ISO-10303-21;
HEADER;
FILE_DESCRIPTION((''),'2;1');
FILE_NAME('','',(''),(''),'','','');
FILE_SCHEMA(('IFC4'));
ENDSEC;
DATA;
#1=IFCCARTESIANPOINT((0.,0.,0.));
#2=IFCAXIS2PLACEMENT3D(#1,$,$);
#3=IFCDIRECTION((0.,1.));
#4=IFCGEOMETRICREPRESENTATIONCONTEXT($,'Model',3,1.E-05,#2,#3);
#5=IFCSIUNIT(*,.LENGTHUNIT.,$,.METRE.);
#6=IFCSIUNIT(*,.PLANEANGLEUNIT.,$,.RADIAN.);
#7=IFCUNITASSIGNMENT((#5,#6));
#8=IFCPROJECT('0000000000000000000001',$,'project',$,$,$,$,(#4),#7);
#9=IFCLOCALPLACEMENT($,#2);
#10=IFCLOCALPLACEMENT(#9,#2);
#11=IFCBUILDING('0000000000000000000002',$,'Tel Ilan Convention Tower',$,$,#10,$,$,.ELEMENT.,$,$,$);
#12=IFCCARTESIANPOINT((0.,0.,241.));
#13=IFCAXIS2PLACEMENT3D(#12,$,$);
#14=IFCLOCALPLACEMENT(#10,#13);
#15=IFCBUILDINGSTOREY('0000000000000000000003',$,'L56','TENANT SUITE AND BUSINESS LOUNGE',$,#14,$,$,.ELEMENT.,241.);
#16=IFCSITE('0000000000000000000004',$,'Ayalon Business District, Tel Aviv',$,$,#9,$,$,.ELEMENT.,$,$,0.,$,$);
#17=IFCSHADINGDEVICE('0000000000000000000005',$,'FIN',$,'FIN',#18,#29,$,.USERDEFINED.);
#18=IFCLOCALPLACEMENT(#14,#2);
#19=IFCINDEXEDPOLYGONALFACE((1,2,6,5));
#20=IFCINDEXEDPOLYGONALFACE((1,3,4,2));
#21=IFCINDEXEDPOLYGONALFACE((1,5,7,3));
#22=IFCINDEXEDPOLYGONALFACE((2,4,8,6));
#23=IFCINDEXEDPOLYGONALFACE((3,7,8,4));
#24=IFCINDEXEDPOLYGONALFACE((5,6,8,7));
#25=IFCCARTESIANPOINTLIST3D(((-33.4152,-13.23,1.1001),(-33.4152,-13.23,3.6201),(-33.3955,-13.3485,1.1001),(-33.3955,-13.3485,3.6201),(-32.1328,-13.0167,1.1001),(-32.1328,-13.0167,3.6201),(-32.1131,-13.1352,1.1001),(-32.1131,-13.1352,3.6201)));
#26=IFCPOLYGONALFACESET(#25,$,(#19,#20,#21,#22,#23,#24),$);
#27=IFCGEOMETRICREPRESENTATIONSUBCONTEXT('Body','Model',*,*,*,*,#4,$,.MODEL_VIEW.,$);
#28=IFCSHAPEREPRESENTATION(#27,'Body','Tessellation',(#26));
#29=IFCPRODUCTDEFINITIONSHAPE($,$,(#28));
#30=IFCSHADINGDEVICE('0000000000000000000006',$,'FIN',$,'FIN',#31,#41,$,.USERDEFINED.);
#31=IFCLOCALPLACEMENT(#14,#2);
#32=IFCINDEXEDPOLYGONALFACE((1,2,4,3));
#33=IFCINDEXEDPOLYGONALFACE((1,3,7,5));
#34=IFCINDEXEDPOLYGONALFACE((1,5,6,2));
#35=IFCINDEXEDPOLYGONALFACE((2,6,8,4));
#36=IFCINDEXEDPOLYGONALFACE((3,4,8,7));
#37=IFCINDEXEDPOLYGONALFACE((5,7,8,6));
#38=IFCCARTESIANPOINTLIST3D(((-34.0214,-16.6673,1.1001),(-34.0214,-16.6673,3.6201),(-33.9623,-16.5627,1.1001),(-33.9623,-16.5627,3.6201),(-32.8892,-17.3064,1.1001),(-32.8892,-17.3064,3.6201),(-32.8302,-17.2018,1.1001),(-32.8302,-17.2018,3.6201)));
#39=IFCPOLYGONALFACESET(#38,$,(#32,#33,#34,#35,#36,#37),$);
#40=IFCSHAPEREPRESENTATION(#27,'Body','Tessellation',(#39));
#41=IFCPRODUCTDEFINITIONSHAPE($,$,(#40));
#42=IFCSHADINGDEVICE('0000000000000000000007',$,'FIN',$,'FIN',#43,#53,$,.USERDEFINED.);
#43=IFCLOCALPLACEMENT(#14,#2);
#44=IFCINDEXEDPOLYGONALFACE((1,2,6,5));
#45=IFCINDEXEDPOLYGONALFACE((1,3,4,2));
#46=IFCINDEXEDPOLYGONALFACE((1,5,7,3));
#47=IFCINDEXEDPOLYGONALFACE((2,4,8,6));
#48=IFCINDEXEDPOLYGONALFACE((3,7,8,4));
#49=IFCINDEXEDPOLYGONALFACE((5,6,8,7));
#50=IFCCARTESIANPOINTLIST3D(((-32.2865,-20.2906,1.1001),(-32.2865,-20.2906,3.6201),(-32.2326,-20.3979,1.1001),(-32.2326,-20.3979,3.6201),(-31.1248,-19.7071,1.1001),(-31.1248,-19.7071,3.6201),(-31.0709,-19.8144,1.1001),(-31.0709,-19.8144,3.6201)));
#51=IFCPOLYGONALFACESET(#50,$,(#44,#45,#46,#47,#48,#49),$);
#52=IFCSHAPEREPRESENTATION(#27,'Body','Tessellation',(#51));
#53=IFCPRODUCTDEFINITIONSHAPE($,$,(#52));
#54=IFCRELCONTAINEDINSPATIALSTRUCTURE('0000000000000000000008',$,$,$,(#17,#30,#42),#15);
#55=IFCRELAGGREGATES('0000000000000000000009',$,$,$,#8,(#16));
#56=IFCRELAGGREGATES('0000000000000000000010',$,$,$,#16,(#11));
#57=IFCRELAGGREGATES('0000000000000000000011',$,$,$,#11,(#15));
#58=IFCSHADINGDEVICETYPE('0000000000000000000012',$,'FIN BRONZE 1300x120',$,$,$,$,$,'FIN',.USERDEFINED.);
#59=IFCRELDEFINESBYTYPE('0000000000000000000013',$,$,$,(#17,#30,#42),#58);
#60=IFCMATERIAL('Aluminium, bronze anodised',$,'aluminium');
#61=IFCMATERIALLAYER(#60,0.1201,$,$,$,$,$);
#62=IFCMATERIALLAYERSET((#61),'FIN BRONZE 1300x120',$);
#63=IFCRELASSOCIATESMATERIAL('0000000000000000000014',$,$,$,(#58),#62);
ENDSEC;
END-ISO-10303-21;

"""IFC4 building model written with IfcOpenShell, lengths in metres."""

from ifc_helpers import new_model, si_unit, direction, frame, origin, origin_2d, place, context, subcontext, project, spatial, rectangle, extrude, material, layer, layer_set, type_object, element, save


model = new_model("IFC4")

# Units and contexts
model_context = context("Model", 3, precision=1e-05, world=origin(), true_north=direction((0.0, 1.0)))
body_context = subcontext(model_context, "Body", "Model", "MODEL_VIEW")
ifc_project = project(units=[si_unit("LENGTHUNIT", "METRE"), si_unit("PLANEANGLEUNIT", "RADIAN")], contexts=[model_context])

# Site, building, storey
site_placement = place(None, origin())
site = spatial("IfcSite", under=ifc_project, at=site_placement, Name="Ayalon Business District, Tel Aviv", CompositionType="ELEMENT", RefElevation=0.0)
building_placement = place(site_placement, origin())
building = spatial("IfcBuilding", under=site, at=building_placement, Name="Tel Ilan Convention Tower", CompositionType="ELEMENT")
storey_placement = place(building_placement, frame((0.0, 0.0, 241.0)))
storey = spatial("IfcBuildingStorey", under=building, at=storey_placement, Name="L56", Description="TENANT SUITE AND BUSINESS LOUNGE", CompositionType="ELEMENT", Elevation=241.0)

# Shading devices
ifc_material_1 = material(Name="Aluminium, bronze anodised", Category="aluminium")
ifc_layer_1 = layer(ifc_material_1, 0.1201)
ifc_layer_set_1 = layer_set([ifc_layer_1], Name="FIN BRONZE 1300x120")
shading_device_type = type_object("IfcShadingDeviceType", Name="FIN BRONZE 1300x120", ElementType="FIN", PredefinedType="USERDEFINED", material=ifc_layer_set_1)
for number, where, z_axis, x_axis, name in (
    (1, (-32.7642, -13.1826, 1.1001), (0.0, 0.0, 1.0), (-0.986445, -0.164091, 0.0), "FIN"),
    (2, (-33.4258, -16.9346, 1.1001), (0.0, 0.0, 1.0), (-0.870833, 0.491579, 0.0), "FIN"),
    (3, (-31.6787, -20.0525, 1.1001), (0.0, 0.0, 1.0), (-0.893633, -0.448799, 0.0), "FIN"),
):
    element("IfcShadingDevice", number, at=place(storey_placement, frame(where, z_axis=z_axis, x_axis=x_axis)), inside=storey, type_object=shading_device_type, Name=name, ObjectType="FIN", PredefinedType="USERDEFINED", context=body_context, shape_type="SweptSolid", body=[
        extrude(rectangle(XDim=1.3, YDim=0.1201, at=origin_2d()), origin(), (0.0, 0.0, 1.0), 2.52),
    ])

save(model, "model.ifc")
